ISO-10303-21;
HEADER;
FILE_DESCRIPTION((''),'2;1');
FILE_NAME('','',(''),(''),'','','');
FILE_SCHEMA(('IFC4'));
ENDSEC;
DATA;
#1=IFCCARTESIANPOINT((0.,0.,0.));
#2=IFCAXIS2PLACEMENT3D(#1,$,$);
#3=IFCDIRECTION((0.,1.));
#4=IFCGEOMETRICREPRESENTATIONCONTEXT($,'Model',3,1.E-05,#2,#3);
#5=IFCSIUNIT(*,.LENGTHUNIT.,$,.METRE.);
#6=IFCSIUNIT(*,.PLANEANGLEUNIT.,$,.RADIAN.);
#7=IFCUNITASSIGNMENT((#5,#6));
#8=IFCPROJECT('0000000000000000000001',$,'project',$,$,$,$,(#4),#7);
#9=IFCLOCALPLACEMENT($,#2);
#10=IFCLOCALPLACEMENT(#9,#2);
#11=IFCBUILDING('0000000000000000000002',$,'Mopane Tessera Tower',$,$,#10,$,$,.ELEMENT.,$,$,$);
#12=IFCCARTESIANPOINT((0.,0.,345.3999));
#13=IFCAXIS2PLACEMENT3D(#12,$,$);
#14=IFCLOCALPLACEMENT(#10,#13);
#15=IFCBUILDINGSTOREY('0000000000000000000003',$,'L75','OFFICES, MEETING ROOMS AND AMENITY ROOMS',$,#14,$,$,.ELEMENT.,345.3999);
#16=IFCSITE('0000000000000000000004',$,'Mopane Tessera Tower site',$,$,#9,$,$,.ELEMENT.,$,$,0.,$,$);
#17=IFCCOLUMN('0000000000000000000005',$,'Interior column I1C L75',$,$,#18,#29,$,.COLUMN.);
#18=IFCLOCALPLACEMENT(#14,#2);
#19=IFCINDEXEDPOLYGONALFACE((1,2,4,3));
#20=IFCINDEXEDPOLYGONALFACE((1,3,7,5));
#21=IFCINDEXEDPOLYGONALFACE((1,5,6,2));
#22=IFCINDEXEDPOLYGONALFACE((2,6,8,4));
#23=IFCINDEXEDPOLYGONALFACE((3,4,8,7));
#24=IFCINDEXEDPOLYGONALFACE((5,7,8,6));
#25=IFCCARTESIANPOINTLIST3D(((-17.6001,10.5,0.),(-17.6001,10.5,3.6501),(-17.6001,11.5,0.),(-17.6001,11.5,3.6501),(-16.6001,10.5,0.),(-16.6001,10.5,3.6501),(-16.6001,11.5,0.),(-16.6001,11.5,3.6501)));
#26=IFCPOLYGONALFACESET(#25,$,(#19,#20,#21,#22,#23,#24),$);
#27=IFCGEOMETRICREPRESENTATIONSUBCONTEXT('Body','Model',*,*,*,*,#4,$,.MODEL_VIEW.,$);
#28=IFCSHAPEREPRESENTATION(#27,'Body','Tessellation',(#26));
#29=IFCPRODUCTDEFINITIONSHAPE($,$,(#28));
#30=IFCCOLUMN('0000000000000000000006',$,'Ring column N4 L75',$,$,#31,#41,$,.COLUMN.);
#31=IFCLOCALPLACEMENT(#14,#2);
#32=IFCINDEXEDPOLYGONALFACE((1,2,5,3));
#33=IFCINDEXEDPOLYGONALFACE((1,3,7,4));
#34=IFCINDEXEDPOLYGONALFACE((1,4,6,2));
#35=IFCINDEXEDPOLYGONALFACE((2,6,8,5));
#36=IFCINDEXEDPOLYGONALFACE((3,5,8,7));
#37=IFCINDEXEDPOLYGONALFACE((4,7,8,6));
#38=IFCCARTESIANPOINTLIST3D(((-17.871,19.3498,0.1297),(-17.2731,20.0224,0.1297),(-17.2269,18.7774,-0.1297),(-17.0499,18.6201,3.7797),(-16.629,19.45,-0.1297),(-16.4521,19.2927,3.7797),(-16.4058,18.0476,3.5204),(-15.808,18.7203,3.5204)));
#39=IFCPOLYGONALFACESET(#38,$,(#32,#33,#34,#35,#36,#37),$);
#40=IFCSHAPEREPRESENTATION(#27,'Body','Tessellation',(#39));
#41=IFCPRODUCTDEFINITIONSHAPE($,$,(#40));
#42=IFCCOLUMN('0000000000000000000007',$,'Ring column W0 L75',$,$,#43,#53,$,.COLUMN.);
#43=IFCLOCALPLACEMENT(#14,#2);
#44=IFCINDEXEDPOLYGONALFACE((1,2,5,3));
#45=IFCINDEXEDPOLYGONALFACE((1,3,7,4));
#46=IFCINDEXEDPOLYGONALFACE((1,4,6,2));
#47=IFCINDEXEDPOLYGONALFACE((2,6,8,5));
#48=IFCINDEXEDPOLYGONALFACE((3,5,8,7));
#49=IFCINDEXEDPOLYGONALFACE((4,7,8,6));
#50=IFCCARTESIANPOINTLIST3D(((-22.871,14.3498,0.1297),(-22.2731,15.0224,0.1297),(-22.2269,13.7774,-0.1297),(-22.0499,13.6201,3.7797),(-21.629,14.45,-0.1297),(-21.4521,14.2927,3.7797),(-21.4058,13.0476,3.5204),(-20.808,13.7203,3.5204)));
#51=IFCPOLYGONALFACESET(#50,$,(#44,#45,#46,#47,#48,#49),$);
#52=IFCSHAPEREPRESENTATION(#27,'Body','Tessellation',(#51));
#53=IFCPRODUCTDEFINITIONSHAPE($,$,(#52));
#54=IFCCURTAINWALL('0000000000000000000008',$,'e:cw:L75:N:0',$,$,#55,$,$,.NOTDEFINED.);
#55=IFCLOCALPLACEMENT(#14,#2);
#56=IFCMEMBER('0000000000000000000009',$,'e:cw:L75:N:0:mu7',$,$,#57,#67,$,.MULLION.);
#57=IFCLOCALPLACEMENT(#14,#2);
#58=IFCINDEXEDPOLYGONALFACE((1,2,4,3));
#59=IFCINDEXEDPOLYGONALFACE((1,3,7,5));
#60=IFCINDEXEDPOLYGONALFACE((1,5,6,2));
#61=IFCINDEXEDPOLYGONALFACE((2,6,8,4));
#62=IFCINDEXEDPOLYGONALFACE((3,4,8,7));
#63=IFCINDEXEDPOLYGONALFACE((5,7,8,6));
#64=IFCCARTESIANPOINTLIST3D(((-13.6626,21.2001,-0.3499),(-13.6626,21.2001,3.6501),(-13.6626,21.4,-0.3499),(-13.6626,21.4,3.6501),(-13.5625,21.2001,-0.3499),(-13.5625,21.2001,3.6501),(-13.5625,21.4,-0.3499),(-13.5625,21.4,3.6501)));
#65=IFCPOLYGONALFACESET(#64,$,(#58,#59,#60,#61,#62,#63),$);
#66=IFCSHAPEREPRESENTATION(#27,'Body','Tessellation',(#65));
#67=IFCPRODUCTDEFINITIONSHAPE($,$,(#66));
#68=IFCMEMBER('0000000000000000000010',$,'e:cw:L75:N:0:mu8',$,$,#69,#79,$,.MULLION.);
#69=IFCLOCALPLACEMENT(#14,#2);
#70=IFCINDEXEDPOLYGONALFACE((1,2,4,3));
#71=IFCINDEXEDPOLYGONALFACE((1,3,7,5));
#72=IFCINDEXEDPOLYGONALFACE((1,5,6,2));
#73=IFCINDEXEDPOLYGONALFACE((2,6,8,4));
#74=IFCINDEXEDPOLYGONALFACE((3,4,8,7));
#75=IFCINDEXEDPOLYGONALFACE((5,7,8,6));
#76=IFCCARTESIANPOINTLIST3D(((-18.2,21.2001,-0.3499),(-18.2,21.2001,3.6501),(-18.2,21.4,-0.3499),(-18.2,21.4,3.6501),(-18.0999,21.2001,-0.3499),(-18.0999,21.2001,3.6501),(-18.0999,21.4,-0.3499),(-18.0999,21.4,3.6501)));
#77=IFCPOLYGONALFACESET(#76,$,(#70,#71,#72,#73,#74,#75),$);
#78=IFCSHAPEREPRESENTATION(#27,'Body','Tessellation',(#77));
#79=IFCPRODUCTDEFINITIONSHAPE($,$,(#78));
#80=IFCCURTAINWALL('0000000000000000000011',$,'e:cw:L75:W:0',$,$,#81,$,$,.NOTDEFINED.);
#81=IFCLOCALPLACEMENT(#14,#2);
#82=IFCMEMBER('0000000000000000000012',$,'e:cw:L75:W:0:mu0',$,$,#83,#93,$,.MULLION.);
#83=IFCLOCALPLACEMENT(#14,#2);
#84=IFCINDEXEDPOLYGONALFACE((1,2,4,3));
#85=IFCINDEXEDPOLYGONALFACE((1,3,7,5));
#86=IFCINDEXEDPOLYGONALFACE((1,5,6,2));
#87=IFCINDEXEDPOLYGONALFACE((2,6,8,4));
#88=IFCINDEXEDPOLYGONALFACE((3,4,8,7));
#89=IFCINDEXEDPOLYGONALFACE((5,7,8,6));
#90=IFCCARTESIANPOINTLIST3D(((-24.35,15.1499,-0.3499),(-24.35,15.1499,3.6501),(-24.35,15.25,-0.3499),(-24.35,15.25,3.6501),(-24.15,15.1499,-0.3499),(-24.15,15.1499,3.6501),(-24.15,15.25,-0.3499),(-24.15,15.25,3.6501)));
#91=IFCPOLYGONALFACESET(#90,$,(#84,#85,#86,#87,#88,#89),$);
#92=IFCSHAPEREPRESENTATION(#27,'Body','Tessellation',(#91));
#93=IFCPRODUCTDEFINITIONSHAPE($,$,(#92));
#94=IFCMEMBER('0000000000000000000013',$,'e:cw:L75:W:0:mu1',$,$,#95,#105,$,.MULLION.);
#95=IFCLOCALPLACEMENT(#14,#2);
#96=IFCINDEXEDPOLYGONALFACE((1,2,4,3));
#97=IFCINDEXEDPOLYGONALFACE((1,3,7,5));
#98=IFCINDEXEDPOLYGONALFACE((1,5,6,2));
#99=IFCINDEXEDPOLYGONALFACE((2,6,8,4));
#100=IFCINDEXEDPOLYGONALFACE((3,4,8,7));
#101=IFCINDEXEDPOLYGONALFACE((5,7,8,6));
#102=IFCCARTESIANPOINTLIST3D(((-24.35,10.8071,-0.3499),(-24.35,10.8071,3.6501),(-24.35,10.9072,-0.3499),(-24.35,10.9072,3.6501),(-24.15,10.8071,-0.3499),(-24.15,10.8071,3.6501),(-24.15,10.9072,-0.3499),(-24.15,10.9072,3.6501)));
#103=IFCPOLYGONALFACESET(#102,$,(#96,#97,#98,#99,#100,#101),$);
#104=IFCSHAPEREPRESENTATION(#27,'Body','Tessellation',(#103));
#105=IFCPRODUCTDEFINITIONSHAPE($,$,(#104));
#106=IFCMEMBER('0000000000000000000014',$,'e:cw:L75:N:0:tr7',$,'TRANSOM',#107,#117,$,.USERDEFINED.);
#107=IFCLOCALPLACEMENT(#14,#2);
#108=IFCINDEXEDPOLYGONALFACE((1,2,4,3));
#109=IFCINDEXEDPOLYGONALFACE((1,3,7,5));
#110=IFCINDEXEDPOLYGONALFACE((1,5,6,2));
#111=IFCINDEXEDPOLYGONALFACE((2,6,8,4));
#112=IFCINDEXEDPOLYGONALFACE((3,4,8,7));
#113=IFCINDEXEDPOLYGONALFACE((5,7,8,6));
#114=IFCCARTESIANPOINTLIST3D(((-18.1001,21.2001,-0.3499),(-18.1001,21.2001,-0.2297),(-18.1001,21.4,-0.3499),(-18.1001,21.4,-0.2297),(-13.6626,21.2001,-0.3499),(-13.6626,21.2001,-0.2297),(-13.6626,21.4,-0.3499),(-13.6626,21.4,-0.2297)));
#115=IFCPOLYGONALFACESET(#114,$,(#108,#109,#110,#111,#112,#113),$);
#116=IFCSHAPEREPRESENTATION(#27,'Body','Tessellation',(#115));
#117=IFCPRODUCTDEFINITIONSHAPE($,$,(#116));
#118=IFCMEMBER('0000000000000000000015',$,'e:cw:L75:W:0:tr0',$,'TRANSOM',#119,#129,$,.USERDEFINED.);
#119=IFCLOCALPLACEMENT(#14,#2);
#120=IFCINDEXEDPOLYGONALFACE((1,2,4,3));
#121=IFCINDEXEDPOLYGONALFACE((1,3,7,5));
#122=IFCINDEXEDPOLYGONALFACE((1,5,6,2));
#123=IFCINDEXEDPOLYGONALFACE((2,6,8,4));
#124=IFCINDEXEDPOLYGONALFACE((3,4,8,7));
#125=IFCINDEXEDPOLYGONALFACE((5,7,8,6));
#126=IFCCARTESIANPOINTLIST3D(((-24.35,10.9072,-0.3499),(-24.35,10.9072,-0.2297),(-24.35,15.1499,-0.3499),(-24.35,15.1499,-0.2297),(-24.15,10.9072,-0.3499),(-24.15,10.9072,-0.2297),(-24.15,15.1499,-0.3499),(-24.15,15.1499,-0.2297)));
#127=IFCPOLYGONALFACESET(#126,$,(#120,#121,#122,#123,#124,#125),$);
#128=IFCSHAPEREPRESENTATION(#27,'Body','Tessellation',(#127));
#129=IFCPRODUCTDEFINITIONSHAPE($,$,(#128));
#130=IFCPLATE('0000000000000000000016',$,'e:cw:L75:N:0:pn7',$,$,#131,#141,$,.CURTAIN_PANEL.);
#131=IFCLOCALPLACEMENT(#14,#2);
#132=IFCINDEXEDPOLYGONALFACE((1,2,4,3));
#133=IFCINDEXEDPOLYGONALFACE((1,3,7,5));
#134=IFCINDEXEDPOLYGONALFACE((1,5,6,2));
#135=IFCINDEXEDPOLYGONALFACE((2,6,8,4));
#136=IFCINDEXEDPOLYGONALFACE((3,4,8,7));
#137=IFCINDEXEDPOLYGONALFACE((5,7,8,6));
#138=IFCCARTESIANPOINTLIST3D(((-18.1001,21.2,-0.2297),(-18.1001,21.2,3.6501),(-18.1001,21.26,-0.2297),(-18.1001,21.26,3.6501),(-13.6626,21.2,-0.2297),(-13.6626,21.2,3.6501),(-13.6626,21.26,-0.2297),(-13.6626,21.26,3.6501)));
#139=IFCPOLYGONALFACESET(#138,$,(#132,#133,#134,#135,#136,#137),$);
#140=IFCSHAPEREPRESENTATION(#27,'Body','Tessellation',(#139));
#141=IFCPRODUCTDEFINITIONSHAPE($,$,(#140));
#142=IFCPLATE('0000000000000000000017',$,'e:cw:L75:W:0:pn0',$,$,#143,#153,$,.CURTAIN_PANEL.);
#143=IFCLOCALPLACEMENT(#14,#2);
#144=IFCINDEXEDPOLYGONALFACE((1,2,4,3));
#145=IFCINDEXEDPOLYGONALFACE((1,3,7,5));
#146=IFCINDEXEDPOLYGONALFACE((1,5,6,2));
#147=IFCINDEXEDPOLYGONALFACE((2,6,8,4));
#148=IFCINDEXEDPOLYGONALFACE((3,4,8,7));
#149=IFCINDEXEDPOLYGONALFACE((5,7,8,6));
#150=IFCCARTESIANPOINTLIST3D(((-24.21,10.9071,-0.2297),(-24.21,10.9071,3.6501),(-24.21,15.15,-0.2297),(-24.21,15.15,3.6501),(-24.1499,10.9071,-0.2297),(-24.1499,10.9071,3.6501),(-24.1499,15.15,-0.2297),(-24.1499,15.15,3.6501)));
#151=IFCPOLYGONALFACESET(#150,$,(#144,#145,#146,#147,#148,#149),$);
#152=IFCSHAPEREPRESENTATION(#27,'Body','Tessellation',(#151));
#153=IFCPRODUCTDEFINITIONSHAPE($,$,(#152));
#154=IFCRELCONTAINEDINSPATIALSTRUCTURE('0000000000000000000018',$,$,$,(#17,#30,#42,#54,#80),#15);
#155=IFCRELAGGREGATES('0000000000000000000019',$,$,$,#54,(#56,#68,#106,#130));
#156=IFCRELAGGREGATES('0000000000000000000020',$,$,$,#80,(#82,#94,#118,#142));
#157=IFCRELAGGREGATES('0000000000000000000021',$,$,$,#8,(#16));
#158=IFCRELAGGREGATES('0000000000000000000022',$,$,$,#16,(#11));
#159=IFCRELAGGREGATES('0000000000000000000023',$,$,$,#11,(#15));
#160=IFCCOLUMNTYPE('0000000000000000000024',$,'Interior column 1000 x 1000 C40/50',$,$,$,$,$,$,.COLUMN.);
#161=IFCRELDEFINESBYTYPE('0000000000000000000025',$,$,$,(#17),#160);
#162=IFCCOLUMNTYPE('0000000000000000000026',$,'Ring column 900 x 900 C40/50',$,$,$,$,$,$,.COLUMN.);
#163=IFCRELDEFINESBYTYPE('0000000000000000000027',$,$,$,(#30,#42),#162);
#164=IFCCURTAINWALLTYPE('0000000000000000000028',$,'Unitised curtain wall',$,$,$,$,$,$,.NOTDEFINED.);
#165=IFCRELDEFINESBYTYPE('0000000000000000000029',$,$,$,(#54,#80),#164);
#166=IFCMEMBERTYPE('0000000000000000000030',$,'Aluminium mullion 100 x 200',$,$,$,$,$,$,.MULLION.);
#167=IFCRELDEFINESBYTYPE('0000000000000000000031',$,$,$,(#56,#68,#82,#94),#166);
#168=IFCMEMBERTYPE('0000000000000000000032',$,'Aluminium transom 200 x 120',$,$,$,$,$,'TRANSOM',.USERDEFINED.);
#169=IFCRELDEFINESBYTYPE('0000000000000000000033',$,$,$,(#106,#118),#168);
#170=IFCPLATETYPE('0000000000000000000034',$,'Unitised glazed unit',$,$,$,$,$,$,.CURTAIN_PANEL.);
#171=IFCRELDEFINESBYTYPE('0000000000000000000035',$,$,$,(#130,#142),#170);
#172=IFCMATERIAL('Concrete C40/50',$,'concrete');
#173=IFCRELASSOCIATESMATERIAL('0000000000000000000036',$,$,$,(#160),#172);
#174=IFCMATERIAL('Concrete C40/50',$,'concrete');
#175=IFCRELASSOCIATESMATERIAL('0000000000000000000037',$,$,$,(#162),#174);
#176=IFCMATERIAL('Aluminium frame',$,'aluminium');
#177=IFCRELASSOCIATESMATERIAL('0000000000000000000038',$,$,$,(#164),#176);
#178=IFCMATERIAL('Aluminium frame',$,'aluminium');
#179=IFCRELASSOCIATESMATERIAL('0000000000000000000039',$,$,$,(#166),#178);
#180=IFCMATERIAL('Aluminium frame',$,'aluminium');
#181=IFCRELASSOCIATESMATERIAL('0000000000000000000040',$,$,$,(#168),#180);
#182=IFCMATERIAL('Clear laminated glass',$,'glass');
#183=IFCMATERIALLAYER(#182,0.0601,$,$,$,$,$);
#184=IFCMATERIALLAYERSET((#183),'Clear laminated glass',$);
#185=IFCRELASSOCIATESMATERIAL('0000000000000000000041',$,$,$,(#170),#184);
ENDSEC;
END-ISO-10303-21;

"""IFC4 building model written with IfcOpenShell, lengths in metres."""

from ifc_helpers import new_model, si_unit, direction, frame, origin, origin_2d, place, context, subcontext, project, spatial, rectangle, extrude, material, layer, layer_set, material_profile, profile_set, type_object, element, aggregate, save


model = new_model("IFC4")

# Units and contexts
model_context = context("Model", 3, precision=1e-05, world=origin(), true_north=direction((0.0, 1.0)))
body_context = subcontext(model_context, "Body", "Model", "MODEL_VIEW")
ifc_project = project(units=[si_unit("LENGTHUNIT", "METRE"), si_unit("PLANEANGLEUNIT", "RADIAN")], contexts=[model_context])

# Site, building, storey
site_placement = place(None, origin())
site = spatial("IfcSite", under=ifc_project, at=site_placement, Name="Mopane Tessera Tower site", CompositionType="ELEMENT", RefElevation=0.0)
building_placement = place(site_placement, origin())
building = spatial("IfcBuilding", under=site, at=building_placement, Name="Mopane Tessera Tower", CompositionType="ELEMENT")
storey_placement = place(building_placement, frame((0.0, 0.0, 345.3999)))
storey = spatial("IfcBuildingStorey", under=building, at=storey_placement, Name="L75", Description="OFFICES, MEETING ROOMS AND AMENITY ROOMS", CompositionType="ELEMENT", Elevation=345.3999)

# Columns
ifc_material_1 = material(Name="Concrete C40/50", Category="concrete")
ifc_material_profile_1 = material_profile(ifc_material_1, rectangle(XDim=1.0, YDim=1.0, at=origin_2d()))
ifc_profile_set_1 = profile_set([ifc_material_profile_1], Name="Concrete C40/50")
column_type_1 = type_object("IfcColumnType", Name="Interior column 1000 x 1000 C40/50", PredefinedType="COLUMN", material=ifc_profile_set_1)
column_placement = place(storey_placement, frame((-17.1001, 11.0, 0.0), z_axis=(0.0, 0.0, 1.0), x_axis=(1.0, 0.0, 0.0)))
element("IfcColumn", 1, at=column_placement, inside=storey, type_object=column_type_1, Name="Interior column I1C L75", PredefinedType="COLUMN", context=body_context, shape_type="SweptSolid", body=[
    extrude(rectangle(XDim=1.0, YDim=1.0, at=origin_2d()), origin(), (0.0, 0.0, 1.0), 3.6501),
])
ifc_material_2 = material(Name="Concrete C40/50", Category="concrete")
ifc_material_profile_2 = material_profile(ifc_material_2, rectangle(XDim=0.8999, YDim=0.8999, at=origin_2d()))
ifc_profile_set_2 = profile_set([ifc_material_profile_2], Name="Concrete C40/50")
column_type_2 = type_object("IfcColumnType", Name="Ring column 900 x 900 C40/50", PredefinedType="COLUMN", material=ifc_profile_set_2)
for number, where, z_axis, x_axis, name in (
    (2, (-17.25, 19.3999, 0.0), (0.215393, -0.191439, 0.957579), (0.664322, 0.747446, 0.0), "Ring column N4 L75"),
    (3, (-22.25, 14.3999, 0.0), (0.215393, -0.191439, 0.957579), (0.664322, 0.747446, 0.0), "Ring column W0 L75"),
):
    element("IfcColumn", number, at=place(storey_placement, frame(where, z_axis=z_axis, x_axis=x_axis)), inside=storey, type_object=column_type_2, Name=name, PredefinedType="COLUMN", context=body_context, shape_type="SweptSolid", body=[
        extrude(rectangle(XDim=0.8999, YDim=0.8999, at=origin_2d()), origin(), (0.0, 0.0, 1.0), 3.8118),
    ])

# Curtain walls, members
ifc_material_3 = material(Name="Aluminium frame", Category="aluminium")
curtain_wall_type = type_object("IfcCurtainWallType", Name="Unitised curtain wall", PredefinedType="NOTDEFINED", material=ifc_material_3)
curtain_wall_1_placement = place(storey_placement, origin())
curtain_wall_1 = element("IfcCurtainWall", 4, at=curtain_wall_1_placement, inside=storey, type_object=curtain_wall_type, Name="e:cw:L75:N:0", PredefinedType="NOTDEFINED")
ifc_material_4 = material(Name="Aluminium frame", Category="aluminium")
ifc_material_profile_3 = material_profile(ifc_material_4, rectangle(XDim=0.1001, YDim=0.2, at=origin_2d()))
ifc_profile_set_3 = profile_set([ifc_material_profile_3], Name="Aluminium frame")
member_type_1 = type_object("IfcMemberType", Name="Aluminium mullion 100 x 200", PredefinedType="MULLION", material=ifc_profile_set_3)
member_1_placement = place(storey_placement, frame((-13.6125, 21.3, -0.3499), z_axis=(0.0, 0.0, 1.0), x_axis=(-1.0, 0.0, 0.0)))
member_1 = element("IfcMember", 5, at=member_1_placement, type_object=member_type_1, Name="e:cw:L75:N:0:mu7", PredefinedType="MULLION", context=body_context, shape_type="SweptSolid", body=[
    extrude(rectangle(XDim=0.1001, YDim=0.2, at=origin_2d()), origin(), (0.0, 0.0, 1.0), 4.0),
])
member_2_placement = place(storey_placement, frame((-18.1499, 21.3, -0.3499), z_axis=(0.0, 0.0, 1.0), x_axis=(-1.0, 0.0, 0.0)))
member_2 = element("IfcMember", 6, at=member_2_placement, type_object=member_type_1, Name="e:cw:L75:N:0:mu8", PredefinedType="MULLION", context=body_context, shape_type="SweptSolid", body=[
    extrude(rectangle(XDim=0.1001, YDim=0.2, at=origin_2d()), origin(), (0.0, 0.0, 1.0), 4.0),
])
curtain_wall_2_placement = place(storey_placement, origin())
curtain_wall_2 = element("IfcCurtainWall", 7, at=curtain_wall_2_placement, inside=storey, type_object=curtain_wall_type, Name="e:cw:L75:W:0", PredefinedType="NOTDEFINED")
member_3_placement = place(storey_placement, frame((-24.25, 15.2, -0.3499), z_axis=(0.0, 0.0, 1.0), x_axis=(0.0, -1.0, 0.0)))
member_3 = element("IfcMember", 8, at=member_3_placement, type_object=member_type_1, Name="e:cw:L75:W:0:mu0", PredefinedType="MULLION", context=body_context, shape_type="SweptSolid", body=[
    extrude(rectangle(XDim=0.1001, YDim=0.2, at=origin_2d()), origin(), (0.0, 0.0, 1.0), 4.0),
])
member_4_placement = place(storey_placement, frame((-24.25, 10.8572, -0.3499), z_axis=(0.0, 0.0, 1.0), x_axis=(0.0, -1.0, 0.0)))
member_4 = element("IfcMember", 9, at=member_4_placement, type_object=member_type_1, Name="e:cw:L75:W:0:mu1", PredefinedType="MULLION", context=body_context, shape_type="SweptSolid", body=[
    extrude(rectangle(XDim=0.1001, YDim=0.2, at=origin_2d()), origin(), (0.0, 0.0, 1.0), 4.0),
])

# Members
ifc_material_5 = material(Name="Aluminium frame", Category="aluminium")
ifc_material_profile_4 = material_profile(ifc_material_5, rectangle(XDim=0.2, YDim=0.1201, at=origin_2d()))
ifc_profile_set_4 = profile_set([ifc_material_profile_4], Name="Aluminium frame")
member_type_2 = type_object("IfcMemberType", Name="Aluminium transom 200 x 120", ElementType="TRANSOM", PredefinedType="USERDEFINED", material=ifc_profile_set_4)
member_5_placement = place(storey_placement, frame((-13.6626, 21.3, -0.2898), z_axis=(-1.0, 0.0, 0.0), x_axis=(0.0, -1.0, 0.0)))
member_5 = element("IfcMember", 10, at=member_5_placement, type_object=member_type_2, Name="e:cw:L75:N:0:tr7", ObjectType="TRANSOM", PredefinedType="USERDEFINED", context=body_context, shape_type="SweptSolid", body=[
    extrude(rectangle(XDim=0.2, YDim=0.1201, at=origin_2d()), origin(), (0.0, 0.0, 1.0), 4.4375),
])
member_6_placement = place(storey_placement, frame((-24.25, 15.1499, -0.2898), z_axis=(0.0, -1.0, 0.0), x_axis=(1.0, 0.0, 0.0)))
member_6 = element("IfcMember", 11, at=member_6_placement, type_object=member_type_2, Name="e:cw:L75:W:0:tr0", ObjectType="TRANSOM", PredefinedType="USERDEFINED", context=body_context, shape_type="SweptSolid", body=[
    extrude(rectangle(XDim=0.2, YDim=0.1201, at=origin_2d()), origin(), (0.0, 0.0, 1.0), 4.2427),
])

# Plates
ifc_material_6 = material(Name="Clear laminated glass", Category="glass")
ifc_layer_1 = layer(ifc_material_6, 0.0601)
ifc_layer_set_1 = layer_set([ifc_layer_1], Name="Clear laminated glass")
plate_type = type_object("IfcPlateType", Name="Unitised glazed unit", PredefinedType="CURTAIN_PANEL", material=ifc_layer_set_1)
plate_1_placement = place(storey_placement, frame((-15.8813, 21.23, -0.2297), z_axis=(0.0, 0.0, 1.0), x_axis=(-1.0, 0.0, 0.0)))
plate_1 = element("IfcPlate", 12, at=plate_1_placement, type_object=plate_type, Name="e:cw:L75:N:0:pn7", PredefinedType="CURTAIN_PANEL", context=body_context, shape_type="SweptSolid", body=[
    extrude(rectangle(XDim=4.4375, YDim=0.0601, at=origin_2d()), origin(), (0.0, 0.0, 1.0), 3.8799),
])
aggregate(curtain_wall_1, [member_1, member_2, member_5, plate_1])
plate_2_placement = place(storey_placement, frame((-24.1799, 13.0286, -0.2297), z_axis=(0.0, 0.0, 1.0), x_axis=(0.0, -1.0, 0.0)))
plate_2 = element("IfcPlate", 13, at=plate_2_placement, type_object=plate_type, Name="e:cw:L75:W:0:pn0", PredefinedType="CURTAIN_PANEL", context=body_context, shape_type="SweptSolid", body=[
    extrude(rectangle(XDim=4.2429, YDim=0.0601, at=origin_2d()), origin(), (0.0, 0.0, 1.0), 3.8799),
])
aggregate(curtain_wall_2, [member_3, member_4, member_6, plate_2])

save(model, "model.ifc")
